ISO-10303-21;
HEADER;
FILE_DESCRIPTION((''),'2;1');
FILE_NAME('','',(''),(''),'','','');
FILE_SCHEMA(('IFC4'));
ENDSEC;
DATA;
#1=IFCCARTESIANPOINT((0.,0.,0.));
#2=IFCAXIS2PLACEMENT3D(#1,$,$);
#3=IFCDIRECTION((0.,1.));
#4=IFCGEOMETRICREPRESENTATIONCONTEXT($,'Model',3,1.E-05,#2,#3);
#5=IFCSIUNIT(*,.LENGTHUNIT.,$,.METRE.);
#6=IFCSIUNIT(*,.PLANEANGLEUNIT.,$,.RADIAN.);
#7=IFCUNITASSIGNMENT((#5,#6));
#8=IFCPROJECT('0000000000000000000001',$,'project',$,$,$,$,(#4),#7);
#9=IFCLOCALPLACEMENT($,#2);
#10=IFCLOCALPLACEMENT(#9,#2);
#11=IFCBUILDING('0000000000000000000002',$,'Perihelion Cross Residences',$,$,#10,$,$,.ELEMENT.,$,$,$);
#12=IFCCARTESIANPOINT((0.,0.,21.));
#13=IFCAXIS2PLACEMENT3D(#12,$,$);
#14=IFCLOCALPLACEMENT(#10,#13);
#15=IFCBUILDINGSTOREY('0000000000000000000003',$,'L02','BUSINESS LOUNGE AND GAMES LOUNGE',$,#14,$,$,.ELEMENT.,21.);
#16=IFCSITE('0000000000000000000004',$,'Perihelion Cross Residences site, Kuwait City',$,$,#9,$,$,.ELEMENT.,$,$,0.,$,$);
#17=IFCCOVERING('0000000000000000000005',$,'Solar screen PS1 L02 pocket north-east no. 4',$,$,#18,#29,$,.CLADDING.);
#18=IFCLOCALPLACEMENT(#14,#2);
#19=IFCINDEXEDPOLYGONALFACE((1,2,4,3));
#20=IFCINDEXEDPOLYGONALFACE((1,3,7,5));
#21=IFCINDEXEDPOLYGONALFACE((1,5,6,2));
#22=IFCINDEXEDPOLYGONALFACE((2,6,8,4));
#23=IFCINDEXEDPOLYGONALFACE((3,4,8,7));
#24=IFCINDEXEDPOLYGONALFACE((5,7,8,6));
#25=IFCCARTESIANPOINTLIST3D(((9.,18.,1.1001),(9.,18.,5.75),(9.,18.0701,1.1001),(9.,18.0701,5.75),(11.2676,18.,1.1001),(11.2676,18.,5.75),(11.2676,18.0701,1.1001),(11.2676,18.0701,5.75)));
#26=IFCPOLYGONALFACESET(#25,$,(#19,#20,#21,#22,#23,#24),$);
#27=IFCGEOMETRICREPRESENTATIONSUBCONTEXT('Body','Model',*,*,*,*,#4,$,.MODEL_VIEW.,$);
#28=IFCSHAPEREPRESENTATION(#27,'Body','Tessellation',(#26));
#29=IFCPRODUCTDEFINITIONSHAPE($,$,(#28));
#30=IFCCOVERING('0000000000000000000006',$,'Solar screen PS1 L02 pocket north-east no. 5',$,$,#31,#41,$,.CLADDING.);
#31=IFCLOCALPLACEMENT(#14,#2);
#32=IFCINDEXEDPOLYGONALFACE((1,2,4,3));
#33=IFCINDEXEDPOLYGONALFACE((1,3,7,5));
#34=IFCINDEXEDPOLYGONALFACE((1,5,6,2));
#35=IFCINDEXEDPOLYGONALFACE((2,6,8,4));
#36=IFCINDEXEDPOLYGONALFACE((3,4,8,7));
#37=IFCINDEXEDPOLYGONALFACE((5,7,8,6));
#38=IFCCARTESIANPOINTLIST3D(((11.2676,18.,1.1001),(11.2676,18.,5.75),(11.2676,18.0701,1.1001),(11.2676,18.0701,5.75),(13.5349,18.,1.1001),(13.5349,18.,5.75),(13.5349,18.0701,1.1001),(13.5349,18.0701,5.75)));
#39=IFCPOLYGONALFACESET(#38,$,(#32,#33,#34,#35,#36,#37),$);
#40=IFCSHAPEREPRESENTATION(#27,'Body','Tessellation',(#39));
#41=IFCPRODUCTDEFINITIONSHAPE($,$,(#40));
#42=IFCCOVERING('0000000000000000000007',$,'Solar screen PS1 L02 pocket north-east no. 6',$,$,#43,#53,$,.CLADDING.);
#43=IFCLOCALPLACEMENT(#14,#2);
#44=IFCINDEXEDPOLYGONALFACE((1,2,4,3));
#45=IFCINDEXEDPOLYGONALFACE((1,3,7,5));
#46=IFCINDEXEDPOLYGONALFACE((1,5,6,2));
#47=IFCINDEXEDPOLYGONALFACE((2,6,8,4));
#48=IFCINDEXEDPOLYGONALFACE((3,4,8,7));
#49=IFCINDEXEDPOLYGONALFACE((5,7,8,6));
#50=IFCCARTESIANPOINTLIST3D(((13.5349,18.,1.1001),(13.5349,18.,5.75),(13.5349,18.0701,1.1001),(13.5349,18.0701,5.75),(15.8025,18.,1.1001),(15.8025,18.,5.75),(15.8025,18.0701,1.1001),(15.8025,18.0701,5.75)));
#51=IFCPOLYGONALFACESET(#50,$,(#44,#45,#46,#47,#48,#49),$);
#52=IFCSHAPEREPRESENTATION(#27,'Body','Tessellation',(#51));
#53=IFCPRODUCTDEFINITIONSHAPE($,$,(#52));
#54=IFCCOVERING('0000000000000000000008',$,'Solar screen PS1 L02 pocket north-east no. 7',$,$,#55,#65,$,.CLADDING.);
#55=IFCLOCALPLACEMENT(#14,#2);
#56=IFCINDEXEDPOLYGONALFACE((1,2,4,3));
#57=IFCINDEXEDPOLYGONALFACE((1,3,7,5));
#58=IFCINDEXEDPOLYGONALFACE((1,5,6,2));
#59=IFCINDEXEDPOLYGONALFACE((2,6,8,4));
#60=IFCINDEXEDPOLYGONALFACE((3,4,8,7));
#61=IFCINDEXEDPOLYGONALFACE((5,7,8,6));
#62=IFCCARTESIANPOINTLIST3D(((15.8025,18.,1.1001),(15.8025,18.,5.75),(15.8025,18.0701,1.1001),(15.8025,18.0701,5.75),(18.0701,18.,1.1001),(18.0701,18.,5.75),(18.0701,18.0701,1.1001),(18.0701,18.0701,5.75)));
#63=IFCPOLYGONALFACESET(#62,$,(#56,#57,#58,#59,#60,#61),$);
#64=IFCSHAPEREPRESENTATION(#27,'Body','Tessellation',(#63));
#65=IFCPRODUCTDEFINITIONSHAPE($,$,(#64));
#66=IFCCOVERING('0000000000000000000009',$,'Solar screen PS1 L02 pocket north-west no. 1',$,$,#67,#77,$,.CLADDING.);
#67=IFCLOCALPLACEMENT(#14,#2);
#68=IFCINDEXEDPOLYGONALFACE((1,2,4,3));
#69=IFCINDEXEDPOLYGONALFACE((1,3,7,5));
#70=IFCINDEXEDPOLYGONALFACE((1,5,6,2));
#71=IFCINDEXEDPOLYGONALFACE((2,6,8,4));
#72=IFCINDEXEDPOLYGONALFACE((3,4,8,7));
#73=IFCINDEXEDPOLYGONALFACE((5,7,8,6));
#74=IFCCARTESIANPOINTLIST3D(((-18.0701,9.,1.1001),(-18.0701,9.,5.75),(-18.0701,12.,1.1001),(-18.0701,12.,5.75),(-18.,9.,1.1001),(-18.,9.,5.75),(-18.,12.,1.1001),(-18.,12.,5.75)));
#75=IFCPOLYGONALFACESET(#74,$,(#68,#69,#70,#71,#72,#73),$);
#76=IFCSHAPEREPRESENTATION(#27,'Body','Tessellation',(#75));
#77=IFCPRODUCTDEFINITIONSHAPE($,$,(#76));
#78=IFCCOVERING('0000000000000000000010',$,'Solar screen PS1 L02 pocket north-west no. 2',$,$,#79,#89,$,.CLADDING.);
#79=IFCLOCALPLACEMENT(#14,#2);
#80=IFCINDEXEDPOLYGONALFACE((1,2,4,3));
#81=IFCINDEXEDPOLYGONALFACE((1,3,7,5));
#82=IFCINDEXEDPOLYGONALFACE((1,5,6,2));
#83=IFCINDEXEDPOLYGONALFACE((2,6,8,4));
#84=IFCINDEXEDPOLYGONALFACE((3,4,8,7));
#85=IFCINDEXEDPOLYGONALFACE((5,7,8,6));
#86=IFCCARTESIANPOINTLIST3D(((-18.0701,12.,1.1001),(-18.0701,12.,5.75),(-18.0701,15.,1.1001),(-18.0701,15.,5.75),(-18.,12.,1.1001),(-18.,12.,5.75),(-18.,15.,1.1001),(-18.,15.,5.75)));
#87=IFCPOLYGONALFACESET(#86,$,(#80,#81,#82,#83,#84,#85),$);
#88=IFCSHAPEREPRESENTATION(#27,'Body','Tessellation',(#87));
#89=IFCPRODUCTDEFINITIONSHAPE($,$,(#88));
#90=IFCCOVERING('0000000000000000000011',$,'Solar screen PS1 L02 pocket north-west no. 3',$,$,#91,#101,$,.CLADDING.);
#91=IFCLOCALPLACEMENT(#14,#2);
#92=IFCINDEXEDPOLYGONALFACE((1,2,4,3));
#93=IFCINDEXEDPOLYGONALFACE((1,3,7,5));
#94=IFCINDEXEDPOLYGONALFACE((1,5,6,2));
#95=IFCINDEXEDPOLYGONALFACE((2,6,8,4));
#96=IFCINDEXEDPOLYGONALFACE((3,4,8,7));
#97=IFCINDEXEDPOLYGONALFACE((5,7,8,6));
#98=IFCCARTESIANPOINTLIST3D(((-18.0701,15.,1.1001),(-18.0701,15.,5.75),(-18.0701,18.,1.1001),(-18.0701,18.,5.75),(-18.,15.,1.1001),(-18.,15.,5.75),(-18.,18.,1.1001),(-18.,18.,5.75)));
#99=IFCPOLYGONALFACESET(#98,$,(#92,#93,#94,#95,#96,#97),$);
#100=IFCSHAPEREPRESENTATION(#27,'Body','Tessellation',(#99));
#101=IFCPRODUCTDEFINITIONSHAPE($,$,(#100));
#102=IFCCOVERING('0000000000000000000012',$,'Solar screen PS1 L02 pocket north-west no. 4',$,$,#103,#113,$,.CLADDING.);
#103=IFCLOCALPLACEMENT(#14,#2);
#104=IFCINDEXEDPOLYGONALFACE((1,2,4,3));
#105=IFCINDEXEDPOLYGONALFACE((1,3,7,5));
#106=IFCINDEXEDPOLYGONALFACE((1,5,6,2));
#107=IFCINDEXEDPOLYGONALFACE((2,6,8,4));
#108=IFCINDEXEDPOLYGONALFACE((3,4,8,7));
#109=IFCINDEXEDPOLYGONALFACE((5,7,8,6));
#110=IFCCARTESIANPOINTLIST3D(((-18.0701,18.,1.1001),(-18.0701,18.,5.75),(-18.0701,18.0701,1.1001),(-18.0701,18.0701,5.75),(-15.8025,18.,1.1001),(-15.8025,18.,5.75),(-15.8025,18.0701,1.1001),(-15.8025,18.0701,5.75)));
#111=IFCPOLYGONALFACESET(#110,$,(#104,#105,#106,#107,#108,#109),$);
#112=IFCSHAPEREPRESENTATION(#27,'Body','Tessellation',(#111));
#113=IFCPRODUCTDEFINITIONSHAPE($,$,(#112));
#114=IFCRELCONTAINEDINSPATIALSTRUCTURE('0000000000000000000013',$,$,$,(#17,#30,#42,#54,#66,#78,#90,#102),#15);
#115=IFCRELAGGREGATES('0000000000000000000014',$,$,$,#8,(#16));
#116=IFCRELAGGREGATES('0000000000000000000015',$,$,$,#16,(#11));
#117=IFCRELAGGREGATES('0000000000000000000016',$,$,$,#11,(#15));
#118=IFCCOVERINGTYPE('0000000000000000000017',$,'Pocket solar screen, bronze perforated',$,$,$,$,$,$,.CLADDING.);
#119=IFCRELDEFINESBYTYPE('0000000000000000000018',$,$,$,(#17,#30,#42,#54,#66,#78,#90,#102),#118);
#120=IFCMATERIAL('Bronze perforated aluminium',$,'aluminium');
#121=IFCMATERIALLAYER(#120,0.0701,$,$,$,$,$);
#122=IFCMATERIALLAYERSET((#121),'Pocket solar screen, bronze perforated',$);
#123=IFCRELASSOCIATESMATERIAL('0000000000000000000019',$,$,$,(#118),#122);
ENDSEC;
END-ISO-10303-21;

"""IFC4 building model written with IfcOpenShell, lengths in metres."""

from ifc_helpers import new_model, si_unit, direction, frame, origin, place, context, subcontext, project, spatial, polyline, outline, extrude, material, layer, layer_set, type_object, element, save


model = new_model("IFC4")

# Units and contexts
model_context = context("Model", 3, precision=1e-05, world=origin(), true_north=direction((0.0, 1.0)))
body_context = subcontext(model_context, "Body", "Model", "MODEL_VIEW")
ifc_project = project(units=[si_unit("LENGTHUNIT", "METRE"), si_unit("PLANEANGLEUNIT", "RADIAN")], contexts=[model_context])

# Site, building, storey
site_placement = place(None, origin())
site = spatial("IfcSite", under=ifc_project, at=site_placement, Name="Perihelion Cross Residences site, Kuwait City", CompositionType="ELEMENT", RefElevation=0.0)
building_placement = place(site_placement, origin())
building = spatial("IfcBuilding", under=site, at=building_placement, Name="Perihelion Cross Residences", CompositionType="ELEMENT")
storey_placement = place(building_placement, frame((0.0, 0.0, 21.0)))
storey = spatial("IfcBuildingStorey", under=building, at=storey_placement, Name="L02", Description="BUSINESS LOUNGE AND GAMES LOUNGE", CompositionType="ELEMENT", Elevation=21.0)

# Coverings
ifc_material_1 = material(Name="Bronze perforated aluminium", Category="aluminium")
ifc_layer_1 = layer(ifc_material_1, 0.0701)
ifc_layer_set_1 = layer_set([ifc_layer_1], Name="Pocket solar screen, bronze perforated")
covering_type_1 = type_object("IfcCoveringType", Name="Pocket solar screen, bronze perforated", PredefinedType="CLADDING", material=ifc_layer_set_1)
covering_1_placement = place(storey_placement, frame((0.0, 0.0, 1.1001)))
element("IfcCovering", 1, at=covering_1_placement, inside=storey, type_object=covering_type_1, Name="Solar screen PS1 L02 pocket north-east no. 4", PredefinedType="CLADDING", context=body_context, shape_type="SweptSolid", body=[
    extrude(outline(polyline([(11.2676, 18.0), (11.2676, 18.0701), (9.0, 18.0701), (9.0, 18.0), (11.2676, 18.0)])), origin(), (0.0, 0.0, 1.0), 4.6499),
])
covering_2_placement = place(storey_placement, frame((0.0, 0.0, 1.1001)))
element("IfcCovering", 2, at=covering_2_placement, inside=storey, type_object=covering_type_1, Name="Solar screen PS1 L02 pocket north-east no. 5", PredefinedType="CLADDING", context=body_context, shape_type="SweptSolid", body=[
    extrude(outline(polyline([(13.5349, 18.0), (13.5349, 18.0701), (11.2676, 18.0701), (11.2676, 18.0), (13.5349, 18.0)])), origin(), (0.0, 0.0, 1.0), 4.6499),
])
covering_3_placement = place(storey_placement, frame((0.0, 0.0, 1.1001)))
element("IfcCovering", 3, at=covering_3_placement, inside=storey, type_object=covering_type_1, Name="Solar screen PS1 L02 pocket north-east no. 6", PredefinedType="CLADDING", context=body_context, shape_type="SweptSolid", body=[
    extrude(outline(polyline([(15.8025, 18.0), (15.8025, 18.0701), (13.5349, 18.0701), (13.5349, 18.0), (15.8025, 18.0)])), origin(), (0.0, 0.0, 1.0), 4.6499),
])
covering_4_placement = place(storey_placement, frame((0.0, 0.0, 1.1001)))
element("IfcCovering", 4, at=covering_4_placement, inside=storey, type_object=covering_type_1, Name="Solar screen PS1 L02 pocket north-east no. 7", PredefinedType="CLADDING", context=body_context, shape_type="SweptSolid", body=[
    extrude(outline(polyline([(18.0701, 18.0), (18.0701, 18.0701), (15.8025, 18.0701), (15.8025, 18.0), (18.0701, 18.0)])), origin(), (0.0, 0.0, 1.0), 4.6499),
])
covering_5_placement = place(storey_placement, frame((0.0, 0.0, 1.1001)))
element("IfcCovering", 5, at=covering_5_placement, inside=storey, type_object=covering_type_1, Name="Solar screen PS1 L02 pocket north-west no. 1", PredefinedType="CLADDING", context=body_context, shape_type="SweptSolid", body=[
    extrude(outline(polyline([(-18.0, 9.0), (-18.0, 12.0), (-18.0701, 12.0), (-18.0701, 9.0), (-18.0, 9.0)])), origin(), (0.0, 0.0, 1.0), 4.6499),
])
covering_6_placement = place(storey_placement, frame((0.0, 0.0, 1.1001)))
element("IfcCovering", 6, at=covering_6_placement, inside=storey, type_object=covering_type_1, Name="Solar screen PS1 L02 pocket north-west no. 2", PredefinedType="CLADDING", context=body_context, shape_type="SweptSolid", body=[
    extrude(outline(polyline([(-18.0, 12.0), (-18.0, 15.0), (-18.0701, 15.0), (-18.0701, 12.0), (-18.0, 12.0)])), origin(), (0.0, 0.0, 1.0), 4.6499),
])
covering_7_placement = place(storey_placement, frame((0.0, 0.0, 1.1001)))
element("IfcCovering", 7, at=covering_7_placement, inside=storey, type_object=covering_type_1, Name="Solar screen PS1 L02 pocket north-west no. 3", PredefinedType="CLADDING", context=body_context, shape_type="SweptSolid", body=[
    extrude(outline(polyline([(-18.0, 15.0), (-18.0, 18.0), (-18.0701, 18.0), (-18.0701, 15.0), (-18.0, 15.0)])), origin(), (0.0, 0.0, 1.0), 4.6499),
])
covering_8_placement = place(storey_placement, frame((0.0, 0.0, 1.1001)))
element("IfcCovering", 8, at=covering_8_placement, inside=storey, type_object=covering_type_1, Name="Solar screen PS1 L02 pocket north-west no. 4", PredefinedType="CLADDING", context=body_context, shape_type="SweptSolid", body=[
    extrude(outline(polyline([(-15.8025, 18.0), (-15.8025, 18.0701), (-18.0701, 18.0701), (-18.0701, 18.0), (-15.8025, 18.0)])), origin(), (0.0, 0.0, 1.0), 4.6499),
])

save(model, "model.ifc")
